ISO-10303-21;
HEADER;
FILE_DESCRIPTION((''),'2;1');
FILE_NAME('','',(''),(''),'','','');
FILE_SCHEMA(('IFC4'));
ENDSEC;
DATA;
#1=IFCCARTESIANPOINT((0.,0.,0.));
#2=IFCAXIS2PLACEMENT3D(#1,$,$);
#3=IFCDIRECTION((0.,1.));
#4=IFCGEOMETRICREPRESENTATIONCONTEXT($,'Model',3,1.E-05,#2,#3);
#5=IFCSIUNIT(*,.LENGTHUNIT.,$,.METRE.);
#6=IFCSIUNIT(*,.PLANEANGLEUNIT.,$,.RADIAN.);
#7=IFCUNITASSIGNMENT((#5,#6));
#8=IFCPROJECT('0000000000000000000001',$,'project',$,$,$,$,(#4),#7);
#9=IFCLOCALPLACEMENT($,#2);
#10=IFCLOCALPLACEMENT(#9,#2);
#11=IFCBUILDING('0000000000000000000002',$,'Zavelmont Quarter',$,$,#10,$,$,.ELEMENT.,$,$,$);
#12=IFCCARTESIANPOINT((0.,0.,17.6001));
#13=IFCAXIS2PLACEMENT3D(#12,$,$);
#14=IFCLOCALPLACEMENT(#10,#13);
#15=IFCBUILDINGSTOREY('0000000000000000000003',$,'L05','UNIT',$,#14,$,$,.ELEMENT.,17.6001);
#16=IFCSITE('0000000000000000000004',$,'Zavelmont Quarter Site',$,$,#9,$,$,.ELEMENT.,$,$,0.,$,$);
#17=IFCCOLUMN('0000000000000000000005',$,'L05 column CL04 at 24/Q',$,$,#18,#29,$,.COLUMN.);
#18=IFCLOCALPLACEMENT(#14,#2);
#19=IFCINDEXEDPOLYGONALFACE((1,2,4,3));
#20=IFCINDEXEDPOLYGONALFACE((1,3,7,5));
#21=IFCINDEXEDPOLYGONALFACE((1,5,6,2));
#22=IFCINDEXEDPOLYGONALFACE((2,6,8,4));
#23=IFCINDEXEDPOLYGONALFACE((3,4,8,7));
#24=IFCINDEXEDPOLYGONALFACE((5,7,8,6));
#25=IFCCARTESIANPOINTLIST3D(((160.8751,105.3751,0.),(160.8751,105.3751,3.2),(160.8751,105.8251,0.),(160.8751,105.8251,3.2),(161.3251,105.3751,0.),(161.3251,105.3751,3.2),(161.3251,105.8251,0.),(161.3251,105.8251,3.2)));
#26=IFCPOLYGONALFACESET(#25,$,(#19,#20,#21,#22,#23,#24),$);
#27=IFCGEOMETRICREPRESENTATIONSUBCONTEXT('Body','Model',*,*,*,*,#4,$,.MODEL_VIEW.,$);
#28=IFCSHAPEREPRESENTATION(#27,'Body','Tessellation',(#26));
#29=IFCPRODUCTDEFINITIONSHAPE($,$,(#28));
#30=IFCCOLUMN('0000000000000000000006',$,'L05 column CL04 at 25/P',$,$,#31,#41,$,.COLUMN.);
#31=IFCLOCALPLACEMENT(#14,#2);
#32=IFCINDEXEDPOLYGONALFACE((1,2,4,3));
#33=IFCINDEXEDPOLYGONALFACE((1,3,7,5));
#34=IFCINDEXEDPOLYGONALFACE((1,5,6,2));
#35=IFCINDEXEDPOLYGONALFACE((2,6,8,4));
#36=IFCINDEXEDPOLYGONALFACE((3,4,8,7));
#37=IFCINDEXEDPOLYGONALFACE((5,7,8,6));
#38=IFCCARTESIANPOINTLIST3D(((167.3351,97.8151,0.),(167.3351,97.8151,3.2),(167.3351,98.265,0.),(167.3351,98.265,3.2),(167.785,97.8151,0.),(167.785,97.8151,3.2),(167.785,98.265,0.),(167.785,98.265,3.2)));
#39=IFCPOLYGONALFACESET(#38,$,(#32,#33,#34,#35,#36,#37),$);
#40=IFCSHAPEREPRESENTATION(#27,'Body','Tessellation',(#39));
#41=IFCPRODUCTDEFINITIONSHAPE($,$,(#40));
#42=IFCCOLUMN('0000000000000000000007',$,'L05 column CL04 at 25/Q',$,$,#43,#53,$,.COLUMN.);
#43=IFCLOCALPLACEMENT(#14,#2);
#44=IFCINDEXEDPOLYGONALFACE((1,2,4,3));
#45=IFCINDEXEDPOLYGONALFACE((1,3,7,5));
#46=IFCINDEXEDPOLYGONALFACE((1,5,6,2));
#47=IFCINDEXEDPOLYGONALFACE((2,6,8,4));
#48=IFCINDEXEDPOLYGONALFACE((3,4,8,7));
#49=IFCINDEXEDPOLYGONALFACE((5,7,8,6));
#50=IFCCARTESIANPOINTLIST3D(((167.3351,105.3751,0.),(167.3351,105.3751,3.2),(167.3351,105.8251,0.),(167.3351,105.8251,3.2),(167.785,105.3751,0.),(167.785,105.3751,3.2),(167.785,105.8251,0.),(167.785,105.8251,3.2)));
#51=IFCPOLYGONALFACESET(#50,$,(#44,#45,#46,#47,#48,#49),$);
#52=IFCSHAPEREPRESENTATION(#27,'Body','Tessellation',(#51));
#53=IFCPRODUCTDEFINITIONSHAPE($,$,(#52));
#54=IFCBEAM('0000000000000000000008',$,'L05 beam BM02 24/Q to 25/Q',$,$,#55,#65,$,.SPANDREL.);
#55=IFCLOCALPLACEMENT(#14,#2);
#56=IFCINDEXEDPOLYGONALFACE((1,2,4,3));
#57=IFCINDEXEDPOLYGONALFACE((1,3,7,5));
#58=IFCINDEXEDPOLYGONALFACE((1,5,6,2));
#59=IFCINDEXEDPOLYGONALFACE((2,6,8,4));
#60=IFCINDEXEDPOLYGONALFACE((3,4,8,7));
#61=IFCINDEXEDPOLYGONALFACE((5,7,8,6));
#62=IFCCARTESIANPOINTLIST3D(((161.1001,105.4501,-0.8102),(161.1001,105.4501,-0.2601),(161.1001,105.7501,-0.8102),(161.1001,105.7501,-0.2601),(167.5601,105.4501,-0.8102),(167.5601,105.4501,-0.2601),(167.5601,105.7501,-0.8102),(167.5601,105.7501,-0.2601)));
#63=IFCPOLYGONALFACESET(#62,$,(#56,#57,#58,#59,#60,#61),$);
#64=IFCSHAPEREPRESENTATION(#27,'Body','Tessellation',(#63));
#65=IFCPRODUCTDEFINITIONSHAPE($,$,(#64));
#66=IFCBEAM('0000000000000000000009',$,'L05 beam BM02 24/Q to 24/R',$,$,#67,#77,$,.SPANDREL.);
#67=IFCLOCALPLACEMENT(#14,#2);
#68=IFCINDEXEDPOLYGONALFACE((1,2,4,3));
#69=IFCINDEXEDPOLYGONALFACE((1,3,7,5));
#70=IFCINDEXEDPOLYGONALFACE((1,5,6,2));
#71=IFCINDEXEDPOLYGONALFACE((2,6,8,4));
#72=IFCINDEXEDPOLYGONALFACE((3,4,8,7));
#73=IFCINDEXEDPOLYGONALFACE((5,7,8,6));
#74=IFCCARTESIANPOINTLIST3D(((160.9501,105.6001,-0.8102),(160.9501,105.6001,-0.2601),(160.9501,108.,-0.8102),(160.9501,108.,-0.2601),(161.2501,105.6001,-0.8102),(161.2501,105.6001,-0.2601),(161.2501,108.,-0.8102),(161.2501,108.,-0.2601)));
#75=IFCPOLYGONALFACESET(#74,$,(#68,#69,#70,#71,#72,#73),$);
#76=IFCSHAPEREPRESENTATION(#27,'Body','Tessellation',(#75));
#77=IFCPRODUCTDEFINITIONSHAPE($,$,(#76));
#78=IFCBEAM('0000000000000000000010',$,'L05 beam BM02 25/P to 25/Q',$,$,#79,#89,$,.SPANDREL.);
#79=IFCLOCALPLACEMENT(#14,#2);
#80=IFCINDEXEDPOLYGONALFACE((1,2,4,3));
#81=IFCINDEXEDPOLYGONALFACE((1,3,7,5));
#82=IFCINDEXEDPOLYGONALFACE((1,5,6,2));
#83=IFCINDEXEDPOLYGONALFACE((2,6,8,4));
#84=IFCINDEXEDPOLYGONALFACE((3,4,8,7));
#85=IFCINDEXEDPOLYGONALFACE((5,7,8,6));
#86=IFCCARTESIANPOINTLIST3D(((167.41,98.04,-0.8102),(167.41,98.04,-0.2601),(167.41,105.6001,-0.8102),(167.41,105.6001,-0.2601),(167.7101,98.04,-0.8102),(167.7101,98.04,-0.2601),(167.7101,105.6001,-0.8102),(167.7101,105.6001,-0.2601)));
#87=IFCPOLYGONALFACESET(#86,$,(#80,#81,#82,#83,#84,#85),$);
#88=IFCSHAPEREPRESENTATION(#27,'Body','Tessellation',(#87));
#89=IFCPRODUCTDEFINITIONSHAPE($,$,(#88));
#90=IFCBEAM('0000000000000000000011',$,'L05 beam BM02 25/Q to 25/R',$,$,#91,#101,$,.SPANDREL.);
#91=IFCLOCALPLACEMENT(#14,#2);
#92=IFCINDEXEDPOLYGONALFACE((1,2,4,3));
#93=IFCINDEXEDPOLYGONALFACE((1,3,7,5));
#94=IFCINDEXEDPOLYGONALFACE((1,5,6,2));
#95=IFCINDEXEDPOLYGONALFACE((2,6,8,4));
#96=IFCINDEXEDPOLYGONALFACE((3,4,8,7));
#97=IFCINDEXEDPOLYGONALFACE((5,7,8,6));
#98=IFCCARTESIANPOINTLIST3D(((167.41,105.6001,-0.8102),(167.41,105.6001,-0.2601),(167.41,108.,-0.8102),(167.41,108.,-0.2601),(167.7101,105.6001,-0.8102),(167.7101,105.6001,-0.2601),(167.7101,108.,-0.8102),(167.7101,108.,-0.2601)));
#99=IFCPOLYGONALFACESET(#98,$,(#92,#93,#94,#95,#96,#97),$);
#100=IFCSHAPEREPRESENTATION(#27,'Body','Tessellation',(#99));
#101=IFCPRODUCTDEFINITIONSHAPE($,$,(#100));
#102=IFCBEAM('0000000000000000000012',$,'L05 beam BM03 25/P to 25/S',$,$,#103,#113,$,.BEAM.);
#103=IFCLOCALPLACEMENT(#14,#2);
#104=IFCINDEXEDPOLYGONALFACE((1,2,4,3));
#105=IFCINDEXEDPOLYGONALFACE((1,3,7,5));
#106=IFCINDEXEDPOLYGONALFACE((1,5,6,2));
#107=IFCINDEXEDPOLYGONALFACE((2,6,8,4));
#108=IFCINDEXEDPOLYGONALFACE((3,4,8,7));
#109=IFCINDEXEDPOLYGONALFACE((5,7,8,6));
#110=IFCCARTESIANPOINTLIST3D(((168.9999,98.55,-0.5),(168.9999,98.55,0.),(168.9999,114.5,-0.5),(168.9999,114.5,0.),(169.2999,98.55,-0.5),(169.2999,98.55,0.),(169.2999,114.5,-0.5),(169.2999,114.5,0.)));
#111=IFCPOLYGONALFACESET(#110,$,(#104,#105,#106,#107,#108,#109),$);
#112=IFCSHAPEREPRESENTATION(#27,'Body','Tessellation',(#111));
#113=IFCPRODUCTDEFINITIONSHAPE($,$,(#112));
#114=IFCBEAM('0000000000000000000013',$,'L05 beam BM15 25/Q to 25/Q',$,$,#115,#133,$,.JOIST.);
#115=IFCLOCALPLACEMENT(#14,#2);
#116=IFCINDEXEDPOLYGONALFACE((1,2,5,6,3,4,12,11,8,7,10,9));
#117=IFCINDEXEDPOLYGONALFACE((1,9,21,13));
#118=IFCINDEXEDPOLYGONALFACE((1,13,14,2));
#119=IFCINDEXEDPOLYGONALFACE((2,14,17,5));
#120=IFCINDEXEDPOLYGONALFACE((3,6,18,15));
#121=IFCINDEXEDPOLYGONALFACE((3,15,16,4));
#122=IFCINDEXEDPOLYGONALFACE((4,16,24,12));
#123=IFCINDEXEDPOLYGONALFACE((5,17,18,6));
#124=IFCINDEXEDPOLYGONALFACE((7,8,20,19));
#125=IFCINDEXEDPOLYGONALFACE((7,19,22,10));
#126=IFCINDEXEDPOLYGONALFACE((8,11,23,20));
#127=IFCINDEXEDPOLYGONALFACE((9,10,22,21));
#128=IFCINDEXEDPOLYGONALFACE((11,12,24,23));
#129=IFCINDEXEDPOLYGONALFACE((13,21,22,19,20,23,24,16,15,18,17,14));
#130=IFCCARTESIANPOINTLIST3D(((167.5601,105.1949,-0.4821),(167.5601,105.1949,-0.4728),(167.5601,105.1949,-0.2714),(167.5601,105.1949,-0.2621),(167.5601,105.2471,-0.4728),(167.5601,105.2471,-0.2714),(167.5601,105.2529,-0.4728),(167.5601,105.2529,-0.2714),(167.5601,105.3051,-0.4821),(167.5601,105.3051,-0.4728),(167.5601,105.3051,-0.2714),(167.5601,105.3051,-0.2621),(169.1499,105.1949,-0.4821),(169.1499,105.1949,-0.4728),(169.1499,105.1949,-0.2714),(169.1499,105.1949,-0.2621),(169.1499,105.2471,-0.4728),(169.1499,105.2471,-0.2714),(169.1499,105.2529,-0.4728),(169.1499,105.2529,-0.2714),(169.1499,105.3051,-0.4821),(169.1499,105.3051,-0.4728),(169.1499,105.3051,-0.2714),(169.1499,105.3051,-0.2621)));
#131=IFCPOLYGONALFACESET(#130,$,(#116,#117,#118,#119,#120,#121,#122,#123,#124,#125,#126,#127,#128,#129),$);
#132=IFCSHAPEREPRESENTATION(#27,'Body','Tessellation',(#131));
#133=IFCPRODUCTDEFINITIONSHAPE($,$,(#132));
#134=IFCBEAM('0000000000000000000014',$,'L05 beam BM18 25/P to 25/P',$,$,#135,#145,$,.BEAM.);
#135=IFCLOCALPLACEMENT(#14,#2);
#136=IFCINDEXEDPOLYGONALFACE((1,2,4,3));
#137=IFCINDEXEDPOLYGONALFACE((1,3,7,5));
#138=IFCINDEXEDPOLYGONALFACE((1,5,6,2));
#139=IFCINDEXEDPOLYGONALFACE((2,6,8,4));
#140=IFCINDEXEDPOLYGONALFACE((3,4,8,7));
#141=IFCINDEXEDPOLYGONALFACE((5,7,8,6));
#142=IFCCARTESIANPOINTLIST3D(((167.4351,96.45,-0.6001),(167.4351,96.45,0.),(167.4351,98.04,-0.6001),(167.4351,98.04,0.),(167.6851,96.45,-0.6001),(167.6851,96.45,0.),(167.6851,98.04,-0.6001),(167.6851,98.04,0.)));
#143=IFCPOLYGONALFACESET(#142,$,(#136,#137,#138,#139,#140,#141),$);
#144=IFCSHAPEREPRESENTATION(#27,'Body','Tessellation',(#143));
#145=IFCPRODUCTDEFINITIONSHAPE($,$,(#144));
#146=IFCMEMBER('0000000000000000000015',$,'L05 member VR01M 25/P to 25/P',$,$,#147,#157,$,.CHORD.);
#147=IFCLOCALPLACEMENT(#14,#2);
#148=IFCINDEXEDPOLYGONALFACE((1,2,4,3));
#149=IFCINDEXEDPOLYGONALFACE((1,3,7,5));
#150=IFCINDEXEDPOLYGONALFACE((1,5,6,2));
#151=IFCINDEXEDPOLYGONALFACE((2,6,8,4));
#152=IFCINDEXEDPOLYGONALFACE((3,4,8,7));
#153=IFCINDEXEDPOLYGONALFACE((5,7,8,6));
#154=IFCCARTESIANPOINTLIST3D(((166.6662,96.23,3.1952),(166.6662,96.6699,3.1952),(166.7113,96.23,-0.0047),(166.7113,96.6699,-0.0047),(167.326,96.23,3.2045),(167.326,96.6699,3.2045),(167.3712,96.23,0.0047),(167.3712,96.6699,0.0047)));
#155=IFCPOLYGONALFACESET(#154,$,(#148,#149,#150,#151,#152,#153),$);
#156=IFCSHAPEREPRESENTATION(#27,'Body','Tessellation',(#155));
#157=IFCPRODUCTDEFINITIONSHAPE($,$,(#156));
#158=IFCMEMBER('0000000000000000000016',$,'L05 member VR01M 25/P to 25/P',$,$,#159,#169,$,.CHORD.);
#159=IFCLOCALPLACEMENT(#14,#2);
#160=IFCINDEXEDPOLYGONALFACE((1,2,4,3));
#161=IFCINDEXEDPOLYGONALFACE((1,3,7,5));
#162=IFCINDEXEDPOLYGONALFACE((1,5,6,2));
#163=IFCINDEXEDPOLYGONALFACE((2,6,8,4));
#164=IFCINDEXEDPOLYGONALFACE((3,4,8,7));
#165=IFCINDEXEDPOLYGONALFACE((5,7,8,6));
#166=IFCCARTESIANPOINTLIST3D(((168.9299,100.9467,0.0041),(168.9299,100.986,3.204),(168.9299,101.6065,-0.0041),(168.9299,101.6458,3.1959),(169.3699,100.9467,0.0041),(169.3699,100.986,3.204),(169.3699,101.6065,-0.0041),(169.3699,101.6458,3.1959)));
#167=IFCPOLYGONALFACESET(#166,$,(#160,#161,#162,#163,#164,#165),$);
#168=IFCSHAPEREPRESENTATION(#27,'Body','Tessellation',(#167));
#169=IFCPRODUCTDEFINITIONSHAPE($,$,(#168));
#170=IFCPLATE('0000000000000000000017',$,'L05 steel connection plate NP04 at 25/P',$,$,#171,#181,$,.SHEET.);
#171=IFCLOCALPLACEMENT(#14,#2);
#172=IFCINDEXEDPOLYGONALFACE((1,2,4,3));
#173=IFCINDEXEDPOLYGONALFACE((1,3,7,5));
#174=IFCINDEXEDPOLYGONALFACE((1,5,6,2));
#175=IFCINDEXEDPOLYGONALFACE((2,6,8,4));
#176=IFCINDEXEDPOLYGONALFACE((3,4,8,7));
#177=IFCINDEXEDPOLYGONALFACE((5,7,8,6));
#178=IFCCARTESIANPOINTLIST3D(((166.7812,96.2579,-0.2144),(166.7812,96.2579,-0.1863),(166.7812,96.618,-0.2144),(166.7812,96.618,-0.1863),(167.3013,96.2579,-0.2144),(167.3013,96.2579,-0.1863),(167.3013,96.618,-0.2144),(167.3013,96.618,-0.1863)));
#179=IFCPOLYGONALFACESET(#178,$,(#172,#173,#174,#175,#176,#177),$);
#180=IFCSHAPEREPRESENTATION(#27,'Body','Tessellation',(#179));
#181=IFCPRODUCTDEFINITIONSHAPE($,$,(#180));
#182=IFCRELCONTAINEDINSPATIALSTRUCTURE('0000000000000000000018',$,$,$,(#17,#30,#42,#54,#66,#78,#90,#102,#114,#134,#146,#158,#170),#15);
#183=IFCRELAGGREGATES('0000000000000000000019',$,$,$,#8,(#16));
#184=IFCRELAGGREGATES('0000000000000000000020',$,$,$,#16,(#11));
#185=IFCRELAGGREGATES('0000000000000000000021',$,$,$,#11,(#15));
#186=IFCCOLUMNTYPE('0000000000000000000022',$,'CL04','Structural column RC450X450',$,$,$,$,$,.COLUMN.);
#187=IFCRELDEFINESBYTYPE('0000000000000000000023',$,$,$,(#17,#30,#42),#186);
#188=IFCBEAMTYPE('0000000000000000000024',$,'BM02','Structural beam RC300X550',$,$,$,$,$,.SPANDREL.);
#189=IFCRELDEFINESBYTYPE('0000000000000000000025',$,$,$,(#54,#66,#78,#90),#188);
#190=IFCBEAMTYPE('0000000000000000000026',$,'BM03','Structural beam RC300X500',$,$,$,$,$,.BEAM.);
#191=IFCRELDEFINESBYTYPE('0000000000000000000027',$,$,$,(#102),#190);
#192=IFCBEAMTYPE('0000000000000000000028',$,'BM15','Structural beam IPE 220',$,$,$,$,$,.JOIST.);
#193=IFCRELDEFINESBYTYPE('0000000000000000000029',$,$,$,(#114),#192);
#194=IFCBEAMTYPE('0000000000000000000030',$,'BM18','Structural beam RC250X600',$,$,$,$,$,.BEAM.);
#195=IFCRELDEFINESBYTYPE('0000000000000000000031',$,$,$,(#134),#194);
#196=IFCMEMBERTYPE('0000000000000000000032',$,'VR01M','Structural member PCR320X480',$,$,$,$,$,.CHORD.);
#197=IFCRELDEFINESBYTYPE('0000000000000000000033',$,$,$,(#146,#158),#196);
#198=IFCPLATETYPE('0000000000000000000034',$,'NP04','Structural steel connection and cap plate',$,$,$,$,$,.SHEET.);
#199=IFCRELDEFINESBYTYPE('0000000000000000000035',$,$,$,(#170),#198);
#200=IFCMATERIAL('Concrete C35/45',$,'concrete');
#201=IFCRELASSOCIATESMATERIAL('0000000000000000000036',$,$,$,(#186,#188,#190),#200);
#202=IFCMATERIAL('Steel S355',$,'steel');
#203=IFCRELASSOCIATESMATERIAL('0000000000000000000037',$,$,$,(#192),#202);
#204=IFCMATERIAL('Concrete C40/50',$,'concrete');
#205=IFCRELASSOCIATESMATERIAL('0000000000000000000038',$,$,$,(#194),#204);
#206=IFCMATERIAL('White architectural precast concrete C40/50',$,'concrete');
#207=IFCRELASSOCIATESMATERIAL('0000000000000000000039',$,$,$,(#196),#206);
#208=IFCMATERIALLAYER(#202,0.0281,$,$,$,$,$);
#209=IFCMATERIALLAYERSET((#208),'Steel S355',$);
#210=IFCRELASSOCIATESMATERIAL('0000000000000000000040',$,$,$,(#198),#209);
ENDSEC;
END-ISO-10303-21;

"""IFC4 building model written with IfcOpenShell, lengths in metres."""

from ifc_helpers import new_model, si_unit, direction, frame, origin, origin_2d, place, context, subcontext, project, spatial, rectangle, i_section, extrude, material, layer, layer_set, material_profile, profile_set, type_object, element, save


model = new_model("IFC4")

# Units and contexts
model_context = context("Model", 3, precision=1e-05, world=origin(), true_north=direction((0.0, 1.0)))
body_context = subcontext(model_context, "Body", "Model", "MODEL_VIEW")
ifc_project = project(units=[si_unit("LENGTHUNIT", "METRE"), si_unit("PLANEANGLEUNIT", "RADIAN")], contexts=[model_context])

# Site, building, storey
site_placement = place(None, origin())
site = spatial("IfcSite", under=ifc_project, at=site_placement, Name="Zavelmont Quarter Site", CompositionType="ELEMENT", RefElevation=0.0)
building_placement = place(site_placement, origin())
building = spatial("IfcBuilding", under=site, at=building_placement, Name="Zavelmont Quarter", CompositionType="ELEMENT")
storey_placement = place(building_placement, frame((0.0, 0.0, 17.6001)))
storey = spatial("IfcBuildingStorey", under=building, at=storey_placement, Name="L05", Description="UNIT", CompositionType="ELEMENT", Elevation=17.6001)

# Columns
ifc_material_1 = material(Name="Concrete C35/45", Category="concrete")
ifc_material_profile_1 = material_profile(ifc_material_1, rectangle(XDim=0.45, YDim=0.45, at=origin_2d()), Name="RC450X450")
ifc_profile_set_1 = profile_set([ifc_material_profile_1], Name="Concrete C35/45")
column_type = type_object("IfcColumnType", Name="CL04", Description="Structural column RC450X450", PredefinedType="COLUMN", material=ifc_profile_set_1)
for number, where, z_axis, x_axis, name in (
    (1, (161.1001, 105.6001, 0.0), (0.0, 0.0, 1.0), (1.0, 0.0, 0.0), "L05 column CL04 at 24/Q"),
    (2, (167.5601, 98.04, 0.0), (0.0, 0.0, 1.0), (1.0, 0.0, 0.0), "L05 column CL04 at 25/P"),
    (3, (167.5601, 105.6001, 0.0), (0.0, 0.0, 1.0), (1.0, 0.0, 0.0), "L05 column CL04 at 25/Q"),
):
    element("IfcColumn", number, at=place(storey_placement, frame(where, z_axis=z_axis, x_axis=x_axis)), inside=storey, type_object=column_type, Name=name, PredefinedType="COLUMN", context=body_context, shape_type="SweptSolid", body=[
        extrude(rectangle(XDim=0.45, YDim=0.45, at=origin_2d()), origin(), (0.0, 0.0, 1.0), 3.2),
    ])

# Beams
ifc_material_profile_2 = material_profile(ifc_material_1, rectangle(XDim=0.3, YDim=0.55, at=origin_2d()), Name="RC300X550")
ifc_profile_set_2 = profile_set([ifc_material_profile_2], Name="Concrete C35/45")
beam_type_1 = type_object("IfcBeamType", Name="BM02", Description="Structural beam RC300X550", PredefinedType="SPANDREL", material=ifc_profile_set_2)
beam_1_placement = place(storey_placement, frame((161.1001, 105.6001, -0.5352), z_axis=(1.0, 0.0, 0.0), x_axis=(0.0, 1.0, 0.0)))
element("IfcBeam", 4, at=beam_1_placement, inside=storey, type_object=beam_type_1, Name="L05 beam BM02 24/Q to 25/Q", PredefinedType="SPANDREL", context=body_context, shape_type="SweptSolid", body=[
    extrude(rectangle(XDim=0.3, YDim=0.55, at=origin_2d()), origin(), (0.0, 0.0, 1.0), 6.46),
])
beam_2_placement = place(storey_placement, frame((161.1001, 105.6001, -0.5352), z_axis=(0.0, 1.0, 0.0), x_axis=(-1.0, 0.0, 0.0)))
element("IfcBeam", 5, at=beam_2_placement, inside=storey, type_object=beam_type_1, Name="L05 beam BM02 24/Q to 24/R", PredefinedType="SPANDREL", context=body_context, shape_type="SweptSolid", body=[
    extrude(rectangle(XDim=0.3, YDim=0.55, at=origin_2d()), origin(), (0.0, 0.0, 1.0), 2.3999),
])
beam_3_placement = place(storey_placement, frame((167.5601, 98.04, -0.5352), z_axis=(0.0, 1.0, 0.0), x_axis=(-1.0, 0.0, 0.0)))
element("IfcBeam", 6, at=beam_3_placement, inside=storey, type_object=beam_type_1, Name="L05 beam BM02 25/P to 25/Q", PredefinedType="SPANDREL", context=body_context, shape_type="SweptSolid", body=[
    extrude(rectangle(XDim=0.3, YDim=0.55, at=origin_2d()), origin(), (0.0, 0.0, 1.0), 7.5601),
])
beam_4_placement = place(storey_placement, frame((167.5601, 105.6001, -0.5352), z_axis=(0.0, 1.0, 0.0), x_axis=(-1.0, 0.0, 0.0)))
element("IfcBeam", 7, at=beam_4_placement, inside=storey, type_object=beam_type_1, Name="L05 beam BM02 25/Q to 25/R", PredefinedType="SPANDREL", context=body_context, shape_type="SweptSolid", body=[
    extrude(rectangle(XDim=0.3, YDim=0.55, at=origin_2d()), origin(), (0.0, 0.0, 1.0), 2.3999),
])
ifc_material_profile_3 = material_profile(ifc_material_1, rectangle(XDim=0.3, YDim=0.5, at=origin_2d()), Name="RC300X500")
ifc_profile_set_3 = profile_set([ifc_material_profile_3], Name="Concrete C35/45")
beam_type_2 = type_object("IfcBeamType", Name="BM03", Description="Structural beam RC300X500", PredefinedType="BEAM", material=ifc_profile_set_3)
beam_5_placement = place(storey_placement, frame((169.1499, 98.55, -0.25), z_axis=(0.0, 1.0, 0.0), x_axis=(-1.0, 0.0, 0.0)))
element("IfcBeam", 8, at=beam_5_placement, inside=storey, type_object=beam_type_2, Name="L05 beam BM03 25/P to 25/S", PredefinedType="BEAM", context=body_context, shape_type="SweptSolid", body=[
    extrude(rectangle(XDim=0.3, YDim=0.5, at=origin_2d()), origin(), (0.0, 0.0, 1.0), 15.95),
])
ifc_material_2 = material(Name="Steel S355", Category="steel")
ifc_material_profile_4 = material_profile(ifc_material_2, i_section(OverallWidth=0.1101, OverallDepth=0.22, WebThickness=0.0059, FlangeThickness=0.0093, at=origin_2d()), Name="IPE 220")
ifc_profile_set_4 = profile_set([ifc_material_profile_4], Name="Steel S355")
beam_type_3 = type_object("IfcBeamType", Name="BM15", Description="Structural beam IPE 220", PredefinedType="JOIST", material=ifc_profile_set_4)
beam_6_placement = place(storey_placement, frame((167.5601, 105.25, -0.3721), z_axis=(1.0, 0.0, 0.0), x_axis=(0.0, 1.0, 0.0)))
element("IfcBeam", 9, at=beam_6_placement, inside=storey, type_object=beam_type_3, Name="L05 beam BM15 25/Q to 25/Q", PredefinedType="JOIST", context=body_context, shape_type="SweptSolid", body=[
    extrude(i_section(OverallWidth=0.1101, OverallDepth=0.22, WebThickness=0.0059, FlangeThickness=0.0093, at=origin_2d()), origin(), (0.0, 0.0, 1.0), 1.5898),
])
ifc_material_3 = material(Name="Concrete C40/50", Category="concrete")
ifc_material_profile_5 = material_profile(ifc_material_3, rectangle(XDim=0.25, YDim=0.6001, at=origin_2d()), Name="RC250X600")
ifc_profile_set_5 = profile_set([ifc_material_profile_5], Name="Concrete C40/50")
beam_type_4 = type_object("IfcBeamType", Name="BM18", Description="Structural beam RC250X600", PredefinedType="BEAM", material=ifc_profile_set_5)
beam_7_placement = place(storey_placement, frame((167.5601, 98.04, -0.3), z_axis=(0.0, -1.0, 0.0), x_axis=(1.0, 0.0, 0.0)))
element("IfcBeam", 10, at=beam_7_placement, inside=storey, type_object=beam_type_4, Name="L05 beam BM18 25/P to 25/P", PredefinedType="BEAM", context=body_context, shape_type="SweptSolid", body=[
    extrude(rectangle(XDim=0.25, YDim=0.6001, at=origin_2d()), origin(), (0.0, 0.0, 1.0), 1.5901),
])

# Members
ifc_material_4 = material(Name="White architectural precast concrete C40/50", Category="concrete")
ifc_material_profile_6 = material_profile(ifc_material_4, rectangle(XDim=0.4399, YDim=0.6599, at=origin_2d()), Name="PCR320X480")
ifc_profile_set_6 = profile_set([ifc_material_profile_6], Name="White architectural precast concrete C40/50")
member_type = type_object("IfcMemberType", Name="VR01M", Description="Structural member PCR320X480", PredefinedType="CHORD", material=ifc_profile_set_6)
for number, where, z_axis, x_axis, name in (
    (11, (167.0413, 96.45, 0.0), (-0.014113, 0.0, 0.9999), (0.0, -1.0, 0.0), "L05 member VR01M 25/P to 25/P"),
    (12, (169.1499, 101.2766, 0.0), (0.0, 0.012283, 0.999925), (-1.0, 0.0, 0.0), "L05 member VR01M 25/P to 25/P"),
):
    element("IfcMember", number, at=place(storey_placement, frame(where, z_axis=z_axis, x_axis=x_axis)), inside=storey, type_object=member_type, Name=name, PredefinedType="CHORD", context=body_context, shape_type="SweptSolid", body=[
        extrude(rectangle(XDim=0.4399, YDim=0.6599, at=origin_2d()), origin(), (0.0, 0.0, 1.0), 3.2002),
    ])

# Plate
ifc_layer_1 = layer(ifc_material_2, 0.0281)
ifc_layer_set_1 = layer_set([ifc_layer_1], Name="Steel S355")
plate_type = type_object("IfcPlateType", Name="NP04", Description="Structural steel connection and cap plate", PredefinedType="SHEET", material=ifc_layer_set_1)
plate_placement = place(storey_placement, frame((167.0413, 96.438, -0.2144), z_axis=(0.0, 0.0, 1.0), x_axis=(1.0, 0.0, 0.0)))
element("IfcPlate", 13, at=plate_placement, inside=storey, type_object=plate_type, Name="L05 steel connection plate NP04 at 25/P", PredefinedType="SHEET", context=body_context, shape_type="SweptSolid", body=[
    extrude(rectangle(XDim=0.52, YDim=0.3601, at=origin_2d()), origin(), (0.0, 0.0, 1.0), 0.0281),
])

save(model, "model.ifc")
